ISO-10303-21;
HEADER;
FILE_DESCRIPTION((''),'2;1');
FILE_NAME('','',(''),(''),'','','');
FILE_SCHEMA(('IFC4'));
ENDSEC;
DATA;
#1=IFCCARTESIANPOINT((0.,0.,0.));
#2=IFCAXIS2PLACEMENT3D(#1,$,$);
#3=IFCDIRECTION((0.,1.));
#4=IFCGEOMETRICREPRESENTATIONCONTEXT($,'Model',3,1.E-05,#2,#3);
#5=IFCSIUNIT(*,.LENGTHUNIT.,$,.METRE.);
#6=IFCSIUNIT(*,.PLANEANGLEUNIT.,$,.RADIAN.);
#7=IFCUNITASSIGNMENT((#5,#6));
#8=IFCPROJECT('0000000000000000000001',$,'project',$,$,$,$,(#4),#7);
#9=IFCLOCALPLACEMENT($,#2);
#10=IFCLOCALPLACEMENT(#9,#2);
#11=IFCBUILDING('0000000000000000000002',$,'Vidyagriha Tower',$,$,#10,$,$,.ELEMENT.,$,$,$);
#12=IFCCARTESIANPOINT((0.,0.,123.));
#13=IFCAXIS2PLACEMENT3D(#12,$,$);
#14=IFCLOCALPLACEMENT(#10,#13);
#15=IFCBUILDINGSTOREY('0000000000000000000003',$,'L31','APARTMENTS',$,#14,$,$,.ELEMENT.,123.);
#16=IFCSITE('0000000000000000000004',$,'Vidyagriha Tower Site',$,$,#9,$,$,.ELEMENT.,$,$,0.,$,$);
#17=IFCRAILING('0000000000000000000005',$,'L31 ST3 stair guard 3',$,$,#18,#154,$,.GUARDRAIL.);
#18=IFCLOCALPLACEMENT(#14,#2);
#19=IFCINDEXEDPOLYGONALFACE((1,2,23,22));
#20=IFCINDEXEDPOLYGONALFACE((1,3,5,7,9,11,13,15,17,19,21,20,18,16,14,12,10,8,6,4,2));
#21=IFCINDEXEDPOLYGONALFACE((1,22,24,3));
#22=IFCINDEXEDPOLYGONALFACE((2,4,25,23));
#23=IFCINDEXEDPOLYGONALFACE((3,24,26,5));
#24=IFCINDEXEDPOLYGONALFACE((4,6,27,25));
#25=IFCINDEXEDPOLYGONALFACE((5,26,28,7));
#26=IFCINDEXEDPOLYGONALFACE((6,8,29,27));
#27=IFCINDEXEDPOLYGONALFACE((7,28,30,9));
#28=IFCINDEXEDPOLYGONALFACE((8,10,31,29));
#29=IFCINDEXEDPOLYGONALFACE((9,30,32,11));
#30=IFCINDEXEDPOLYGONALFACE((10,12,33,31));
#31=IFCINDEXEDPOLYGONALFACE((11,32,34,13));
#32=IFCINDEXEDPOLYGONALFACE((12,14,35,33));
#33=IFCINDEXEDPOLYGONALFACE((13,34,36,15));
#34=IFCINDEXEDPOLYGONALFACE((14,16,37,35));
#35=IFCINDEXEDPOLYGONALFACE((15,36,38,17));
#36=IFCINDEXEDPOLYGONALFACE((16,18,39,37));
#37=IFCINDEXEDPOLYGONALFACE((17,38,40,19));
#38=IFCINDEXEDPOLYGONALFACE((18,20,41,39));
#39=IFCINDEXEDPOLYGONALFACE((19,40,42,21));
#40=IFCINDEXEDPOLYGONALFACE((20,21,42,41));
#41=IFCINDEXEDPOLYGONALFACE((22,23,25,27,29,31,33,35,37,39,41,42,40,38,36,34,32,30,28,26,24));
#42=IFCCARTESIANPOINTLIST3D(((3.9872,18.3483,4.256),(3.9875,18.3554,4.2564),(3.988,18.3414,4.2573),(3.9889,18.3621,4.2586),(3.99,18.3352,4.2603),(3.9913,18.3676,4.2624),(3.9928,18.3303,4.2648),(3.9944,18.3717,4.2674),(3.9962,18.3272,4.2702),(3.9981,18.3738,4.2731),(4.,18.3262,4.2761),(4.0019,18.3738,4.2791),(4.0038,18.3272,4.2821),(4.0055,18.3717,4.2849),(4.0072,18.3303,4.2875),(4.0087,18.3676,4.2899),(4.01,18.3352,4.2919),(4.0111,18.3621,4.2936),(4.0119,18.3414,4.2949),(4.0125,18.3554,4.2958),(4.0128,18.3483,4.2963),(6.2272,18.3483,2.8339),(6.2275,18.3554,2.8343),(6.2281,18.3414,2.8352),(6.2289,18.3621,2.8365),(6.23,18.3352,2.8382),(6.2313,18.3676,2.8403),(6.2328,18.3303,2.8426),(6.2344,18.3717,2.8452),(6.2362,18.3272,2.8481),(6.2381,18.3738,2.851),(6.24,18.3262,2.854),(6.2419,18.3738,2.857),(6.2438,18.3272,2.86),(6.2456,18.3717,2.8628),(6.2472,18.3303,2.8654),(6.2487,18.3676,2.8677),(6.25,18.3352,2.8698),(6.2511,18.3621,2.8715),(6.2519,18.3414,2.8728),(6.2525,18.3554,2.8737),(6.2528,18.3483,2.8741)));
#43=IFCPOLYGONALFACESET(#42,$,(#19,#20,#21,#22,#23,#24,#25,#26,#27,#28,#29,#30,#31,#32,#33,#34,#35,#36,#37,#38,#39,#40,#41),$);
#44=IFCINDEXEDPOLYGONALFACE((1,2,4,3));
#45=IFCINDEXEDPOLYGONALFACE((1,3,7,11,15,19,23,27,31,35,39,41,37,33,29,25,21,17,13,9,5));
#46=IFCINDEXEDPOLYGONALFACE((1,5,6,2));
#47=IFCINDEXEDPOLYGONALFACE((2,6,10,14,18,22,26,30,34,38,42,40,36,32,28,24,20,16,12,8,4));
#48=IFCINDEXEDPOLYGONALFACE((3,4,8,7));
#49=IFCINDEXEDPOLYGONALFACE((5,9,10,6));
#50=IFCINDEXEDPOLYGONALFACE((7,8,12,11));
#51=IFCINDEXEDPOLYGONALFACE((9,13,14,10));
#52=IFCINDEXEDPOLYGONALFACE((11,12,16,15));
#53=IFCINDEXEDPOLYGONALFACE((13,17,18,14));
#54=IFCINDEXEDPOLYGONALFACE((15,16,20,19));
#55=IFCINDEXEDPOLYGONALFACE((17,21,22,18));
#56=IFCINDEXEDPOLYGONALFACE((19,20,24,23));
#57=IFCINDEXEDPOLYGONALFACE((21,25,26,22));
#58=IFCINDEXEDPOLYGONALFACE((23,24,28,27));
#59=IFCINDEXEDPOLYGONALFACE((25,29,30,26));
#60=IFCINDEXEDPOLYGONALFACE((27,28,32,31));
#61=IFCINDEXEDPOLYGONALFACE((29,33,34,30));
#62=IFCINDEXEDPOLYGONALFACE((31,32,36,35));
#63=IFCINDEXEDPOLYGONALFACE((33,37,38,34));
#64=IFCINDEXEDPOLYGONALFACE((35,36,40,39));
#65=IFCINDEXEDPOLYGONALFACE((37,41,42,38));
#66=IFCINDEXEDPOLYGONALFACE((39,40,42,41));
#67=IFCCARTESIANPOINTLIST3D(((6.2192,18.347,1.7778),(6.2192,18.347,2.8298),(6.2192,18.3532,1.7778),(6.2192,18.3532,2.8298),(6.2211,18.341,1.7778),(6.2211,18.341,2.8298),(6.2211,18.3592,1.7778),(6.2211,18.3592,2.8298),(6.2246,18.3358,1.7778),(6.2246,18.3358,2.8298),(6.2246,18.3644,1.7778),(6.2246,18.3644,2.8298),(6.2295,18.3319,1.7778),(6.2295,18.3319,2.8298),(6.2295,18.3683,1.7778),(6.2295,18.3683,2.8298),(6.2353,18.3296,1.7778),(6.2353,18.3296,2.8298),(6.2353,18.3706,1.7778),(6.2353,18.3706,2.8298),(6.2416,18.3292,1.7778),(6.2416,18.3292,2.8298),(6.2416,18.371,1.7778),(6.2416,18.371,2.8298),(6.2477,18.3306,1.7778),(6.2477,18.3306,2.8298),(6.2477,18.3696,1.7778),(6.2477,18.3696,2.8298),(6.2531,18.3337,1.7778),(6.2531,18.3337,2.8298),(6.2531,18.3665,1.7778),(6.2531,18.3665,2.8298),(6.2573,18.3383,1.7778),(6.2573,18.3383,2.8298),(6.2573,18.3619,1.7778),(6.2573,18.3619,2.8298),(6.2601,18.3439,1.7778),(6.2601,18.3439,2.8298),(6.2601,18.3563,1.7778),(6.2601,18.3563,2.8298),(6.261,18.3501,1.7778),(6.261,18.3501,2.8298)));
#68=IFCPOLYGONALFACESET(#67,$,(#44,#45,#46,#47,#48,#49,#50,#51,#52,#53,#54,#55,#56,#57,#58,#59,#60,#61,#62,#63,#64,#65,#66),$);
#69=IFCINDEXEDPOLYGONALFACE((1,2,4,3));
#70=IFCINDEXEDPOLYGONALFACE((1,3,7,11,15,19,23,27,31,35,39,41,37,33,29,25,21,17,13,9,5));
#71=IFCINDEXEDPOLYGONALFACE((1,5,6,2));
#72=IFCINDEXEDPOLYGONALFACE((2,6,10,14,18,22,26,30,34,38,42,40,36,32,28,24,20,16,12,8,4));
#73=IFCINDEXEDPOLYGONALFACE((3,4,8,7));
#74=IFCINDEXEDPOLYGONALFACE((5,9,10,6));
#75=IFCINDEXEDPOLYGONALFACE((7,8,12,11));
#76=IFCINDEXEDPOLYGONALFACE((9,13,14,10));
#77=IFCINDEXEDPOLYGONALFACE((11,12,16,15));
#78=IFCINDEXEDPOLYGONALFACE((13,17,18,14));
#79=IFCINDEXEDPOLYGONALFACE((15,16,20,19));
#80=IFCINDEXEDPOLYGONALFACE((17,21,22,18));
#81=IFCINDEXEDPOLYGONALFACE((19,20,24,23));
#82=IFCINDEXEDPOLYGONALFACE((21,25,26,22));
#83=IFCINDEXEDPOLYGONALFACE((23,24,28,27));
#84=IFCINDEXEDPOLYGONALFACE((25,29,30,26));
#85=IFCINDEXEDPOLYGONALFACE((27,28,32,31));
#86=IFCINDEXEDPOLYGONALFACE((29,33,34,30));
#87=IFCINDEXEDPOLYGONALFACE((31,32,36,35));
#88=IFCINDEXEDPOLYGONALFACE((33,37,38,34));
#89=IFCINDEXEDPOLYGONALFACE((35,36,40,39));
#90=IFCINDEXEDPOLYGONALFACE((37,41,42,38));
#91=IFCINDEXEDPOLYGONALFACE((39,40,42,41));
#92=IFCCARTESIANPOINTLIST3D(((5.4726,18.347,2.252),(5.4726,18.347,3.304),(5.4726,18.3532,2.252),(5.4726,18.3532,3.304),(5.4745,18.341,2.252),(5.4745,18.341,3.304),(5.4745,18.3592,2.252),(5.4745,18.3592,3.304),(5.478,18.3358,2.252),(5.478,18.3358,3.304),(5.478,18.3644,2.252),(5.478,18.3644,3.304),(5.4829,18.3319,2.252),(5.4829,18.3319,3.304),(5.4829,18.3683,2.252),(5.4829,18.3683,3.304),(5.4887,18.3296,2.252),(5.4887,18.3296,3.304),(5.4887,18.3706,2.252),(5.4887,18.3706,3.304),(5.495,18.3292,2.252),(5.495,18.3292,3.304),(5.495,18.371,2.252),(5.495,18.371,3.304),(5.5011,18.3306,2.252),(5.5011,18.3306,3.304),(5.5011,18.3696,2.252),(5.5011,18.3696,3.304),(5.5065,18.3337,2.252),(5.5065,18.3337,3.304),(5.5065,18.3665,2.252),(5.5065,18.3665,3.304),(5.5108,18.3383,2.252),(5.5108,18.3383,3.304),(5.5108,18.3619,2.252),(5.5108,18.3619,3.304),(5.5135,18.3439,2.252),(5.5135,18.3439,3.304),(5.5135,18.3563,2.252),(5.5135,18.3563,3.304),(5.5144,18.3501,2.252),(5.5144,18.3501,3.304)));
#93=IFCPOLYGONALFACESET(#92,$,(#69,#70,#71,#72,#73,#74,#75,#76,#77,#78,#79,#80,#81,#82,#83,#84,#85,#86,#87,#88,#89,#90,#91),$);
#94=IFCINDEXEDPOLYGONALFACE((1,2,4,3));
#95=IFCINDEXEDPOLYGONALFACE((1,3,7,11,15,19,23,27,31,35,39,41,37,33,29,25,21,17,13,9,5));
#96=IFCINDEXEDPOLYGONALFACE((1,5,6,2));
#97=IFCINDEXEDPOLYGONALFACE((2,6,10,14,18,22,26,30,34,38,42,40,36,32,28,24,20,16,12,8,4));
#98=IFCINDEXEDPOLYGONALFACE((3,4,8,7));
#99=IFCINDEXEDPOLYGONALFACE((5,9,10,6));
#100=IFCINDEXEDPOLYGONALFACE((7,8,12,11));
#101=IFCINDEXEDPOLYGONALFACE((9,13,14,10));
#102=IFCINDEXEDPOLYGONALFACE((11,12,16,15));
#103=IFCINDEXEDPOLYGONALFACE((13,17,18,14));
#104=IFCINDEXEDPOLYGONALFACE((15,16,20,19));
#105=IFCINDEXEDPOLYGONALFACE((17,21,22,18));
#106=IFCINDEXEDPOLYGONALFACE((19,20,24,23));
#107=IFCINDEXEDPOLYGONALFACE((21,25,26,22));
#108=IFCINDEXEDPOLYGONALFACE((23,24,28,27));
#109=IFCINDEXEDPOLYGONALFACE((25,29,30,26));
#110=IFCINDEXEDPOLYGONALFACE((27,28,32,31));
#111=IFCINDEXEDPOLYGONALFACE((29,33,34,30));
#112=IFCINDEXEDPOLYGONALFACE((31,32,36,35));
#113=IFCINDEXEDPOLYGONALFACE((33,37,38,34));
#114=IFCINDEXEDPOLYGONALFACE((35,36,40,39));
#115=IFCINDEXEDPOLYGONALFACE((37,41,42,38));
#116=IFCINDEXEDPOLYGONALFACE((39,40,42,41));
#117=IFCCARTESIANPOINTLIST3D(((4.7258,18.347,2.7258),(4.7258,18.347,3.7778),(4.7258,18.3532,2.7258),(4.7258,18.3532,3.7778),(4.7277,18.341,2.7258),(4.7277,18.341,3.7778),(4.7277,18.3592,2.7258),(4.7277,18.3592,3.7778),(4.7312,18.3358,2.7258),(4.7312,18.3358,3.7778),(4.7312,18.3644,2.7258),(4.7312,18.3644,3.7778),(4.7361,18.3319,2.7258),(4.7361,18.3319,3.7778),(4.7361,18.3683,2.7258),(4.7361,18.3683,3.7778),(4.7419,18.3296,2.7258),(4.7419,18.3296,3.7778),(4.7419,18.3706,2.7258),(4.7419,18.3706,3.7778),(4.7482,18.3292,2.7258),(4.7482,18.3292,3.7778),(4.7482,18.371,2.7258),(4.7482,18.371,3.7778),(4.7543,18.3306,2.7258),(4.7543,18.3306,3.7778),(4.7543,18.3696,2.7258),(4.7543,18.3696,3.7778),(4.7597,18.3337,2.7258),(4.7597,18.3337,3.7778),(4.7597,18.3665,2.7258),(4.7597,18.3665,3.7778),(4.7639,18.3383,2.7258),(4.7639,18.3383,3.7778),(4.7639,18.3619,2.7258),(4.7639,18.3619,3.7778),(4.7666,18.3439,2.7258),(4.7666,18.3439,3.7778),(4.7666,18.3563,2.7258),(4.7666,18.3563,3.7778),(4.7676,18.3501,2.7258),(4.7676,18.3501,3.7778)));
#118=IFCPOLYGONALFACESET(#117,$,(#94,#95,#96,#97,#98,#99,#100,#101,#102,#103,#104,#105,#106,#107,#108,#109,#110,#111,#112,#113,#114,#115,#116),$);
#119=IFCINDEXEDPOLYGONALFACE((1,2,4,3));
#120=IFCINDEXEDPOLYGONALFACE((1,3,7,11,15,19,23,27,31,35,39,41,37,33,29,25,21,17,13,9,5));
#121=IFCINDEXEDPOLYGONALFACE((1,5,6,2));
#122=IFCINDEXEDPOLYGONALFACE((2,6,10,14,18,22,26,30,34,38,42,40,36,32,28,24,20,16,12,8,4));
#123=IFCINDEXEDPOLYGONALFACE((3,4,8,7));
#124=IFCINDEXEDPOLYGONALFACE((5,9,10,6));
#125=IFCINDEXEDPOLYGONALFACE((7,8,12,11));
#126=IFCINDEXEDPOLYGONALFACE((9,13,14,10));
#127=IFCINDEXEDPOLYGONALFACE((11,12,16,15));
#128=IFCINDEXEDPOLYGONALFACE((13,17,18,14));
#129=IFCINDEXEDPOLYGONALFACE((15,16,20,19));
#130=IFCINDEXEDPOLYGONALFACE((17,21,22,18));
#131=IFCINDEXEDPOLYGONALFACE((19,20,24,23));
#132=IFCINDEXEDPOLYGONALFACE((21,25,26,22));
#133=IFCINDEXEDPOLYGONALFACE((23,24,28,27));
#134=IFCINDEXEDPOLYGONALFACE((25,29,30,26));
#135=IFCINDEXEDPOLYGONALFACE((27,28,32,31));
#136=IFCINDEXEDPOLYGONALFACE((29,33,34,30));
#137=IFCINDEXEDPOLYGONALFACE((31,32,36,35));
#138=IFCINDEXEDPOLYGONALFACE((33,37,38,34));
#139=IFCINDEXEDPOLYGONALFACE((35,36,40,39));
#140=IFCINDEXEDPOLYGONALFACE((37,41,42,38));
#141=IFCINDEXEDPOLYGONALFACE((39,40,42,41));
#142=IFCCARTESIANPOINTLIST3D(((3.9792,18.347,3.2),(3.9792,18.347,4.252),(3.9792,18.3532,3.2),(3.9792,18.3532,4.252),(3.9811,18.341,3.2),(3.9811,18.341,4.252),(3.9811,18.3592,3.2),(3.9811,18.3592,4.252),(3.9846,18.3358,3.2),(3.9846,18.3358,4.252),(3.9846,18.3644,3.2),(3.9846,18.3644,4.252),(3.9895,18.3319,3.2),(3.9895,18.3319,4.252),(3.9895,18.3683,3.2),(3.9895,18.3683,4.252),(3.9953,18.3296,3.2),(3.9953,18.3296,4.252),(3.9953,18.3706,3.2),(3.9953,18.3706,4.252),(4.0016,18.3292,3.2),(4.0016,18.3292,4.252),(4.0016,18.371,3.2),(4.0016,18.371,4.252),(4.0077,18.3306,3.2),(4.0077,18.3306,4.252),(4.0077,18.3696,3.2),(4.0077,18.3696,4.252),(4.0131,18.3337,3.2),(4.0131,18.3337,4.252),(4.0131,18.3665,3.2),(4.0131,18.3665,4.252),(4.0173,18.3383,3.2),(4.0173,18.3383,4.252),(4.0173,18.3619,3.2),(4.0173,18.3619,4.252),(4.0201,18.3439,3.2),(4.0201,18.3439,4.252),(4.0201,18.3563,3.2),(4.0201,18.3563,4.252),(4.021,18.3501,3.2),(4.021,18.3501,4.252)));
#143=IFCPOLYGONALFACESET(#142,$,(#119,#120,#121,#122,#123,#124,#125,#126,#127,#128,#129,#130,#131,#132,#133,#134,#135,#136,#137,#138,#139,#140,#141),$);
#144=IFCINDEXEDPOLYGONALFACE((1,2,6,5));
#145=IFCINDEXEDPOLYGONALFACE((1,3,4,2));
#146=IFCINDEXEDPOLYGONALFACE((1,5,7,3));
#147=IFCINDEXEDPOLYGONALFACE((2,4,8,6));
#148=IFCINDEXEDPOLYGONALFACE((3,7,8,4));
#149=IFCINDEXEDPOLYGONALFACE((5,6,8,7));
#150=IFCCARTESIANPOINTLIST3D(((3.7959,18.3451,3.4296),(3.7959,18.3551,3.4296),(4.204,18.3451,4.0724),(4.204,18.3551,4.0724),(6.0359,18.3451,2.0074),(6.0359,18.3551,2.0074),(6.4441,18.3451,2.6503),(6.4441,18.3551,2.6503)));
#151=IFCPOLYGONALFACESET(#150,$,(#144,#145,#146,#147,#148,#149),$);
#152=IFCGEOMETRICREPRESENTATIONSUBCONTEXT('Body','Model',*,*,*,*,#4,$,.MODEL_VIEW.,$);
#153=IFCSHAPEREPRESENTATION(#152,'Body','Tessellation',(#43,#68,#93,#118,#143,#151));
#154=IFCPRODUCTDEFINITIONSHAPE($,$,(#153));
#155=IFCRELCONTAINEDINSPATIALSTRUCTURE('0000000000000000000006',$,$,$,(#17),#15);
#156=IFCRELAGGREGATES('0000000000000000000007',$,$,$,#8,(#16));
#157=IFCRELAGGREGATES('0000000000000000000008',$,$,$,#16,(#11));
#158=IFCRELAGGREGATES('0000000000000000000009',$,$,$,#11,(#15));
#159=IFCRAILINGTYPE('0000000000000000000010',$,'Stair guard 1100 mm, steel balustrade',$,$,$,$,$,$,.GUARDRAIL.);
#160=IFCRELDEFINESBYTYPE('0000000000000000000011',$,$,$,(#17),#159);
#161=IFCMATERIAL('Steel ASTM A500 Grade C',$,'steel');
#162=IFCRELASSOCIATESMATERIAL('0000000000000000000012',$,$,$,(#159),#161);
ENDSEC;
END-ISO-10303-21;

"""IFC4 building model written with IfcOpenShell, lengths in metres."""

from ifc_helpers import new_model, si_unit, direction, frame, origin, origin_2d, place, context, subcontext, project, spatial, rectangle, circle, extrude, material, type_object, element, save


model = new_model("IFC4")

# Units and contexts
model_context = context("Model", 3, precision=1e-05, world=origin(), true_north=direction((0.0, 1.0)))
body_context = subcontext(model_context, "Body", "Model", "MODEL_VIEW")
ifc_project = project(units=[si_unit("LENGTHUNIT", "METRE"), si_unit("PLANEANGLEUNIT", "RADIAN")], contexts=[model_context])

# Site, building, storey
site_placement = place(None, origin())
site = spatial("IfcSite", under=ifc_project, at=site_placement, Name="Vidyagriha Tower Site", CompositionType="ELEMENT", RefElevation=0.0)
building_placement = place(site_placement, origin())
building = spatial("IfcBuilding", under=site, at=building_placement, Name="Vidyagriha Tower", CompositionType="ELEMENT")
storey_placement = place(building_placement, frame((0.0, 0.0, 123.0)))
storey = spatial("IfcBuildingStorey", under=building, at=storey_placement, Name="L31", Description="APARTMENTS", CompositionType="ELEMENT", Elevation=123.0)

# Railing
ifc_material_1 = material(Name="Steel ASTM A500 Grade C", Category="steel")
railing_type_1 = type_object("IfcRailingType", Name="Stair guard 1100 mm, steel balustrade", PredefinedType="GUARDRAIL", material=ifc_material_1)
railing_1_placement = place(storey_placement, frame((6.24, 18.3501, 1.7778)))
element("IfcRailing", 1, at=railing_1_placement, inside=storey, type_object=railing_type_1, Name="L31 ST3 stair guard 3", PredefinedType="GUARDRAIL", context=body_context, shape_type="SweptSolid", body=[
    extrude(circle(Radius=0.0239, at=origin_2d()), frame((0.0, 0.0, 1.0762), z_axis=(-0.844229, 0.0, 0.535982), x_axis=(0.0, -1.0, 0.0)), (0.0, 0.0, 1.0), 2.6533),
    extrude(circle(Radius=0.021, at=origin_2d()), origin(), (0.0, 0.0, 1.0), 1.052),
    extrude(circle(Radius=0.021, at=origin_2d()), frame((-0.7466, 0.0, 0.4741)), (0.0, 0.0, 1.0), 1.052),
    extrude(circle(Radius=0.021, at=origin_2d()), frame((-1.4934, 0.0, 0.948)), (0.0, 0.0, 1.0), 1.052),
    extrude(circle(Radius=0.021, at=origin_2d()), frame((-2.24, 0.0, 1.4221)), (0.0, 0.0, 1.0), 1.052),
    extrude(rectangle(XDim=0.01, YDim=0.7615, at=origin_2d()), frame((0.0, 0.0, 0.551), z_axis=(-0.844229, 0.0, 0.535982), x_axis=(0.0, -1.0, 0.0)), (0.0, 0.0, 1.0), 2.6533),
])

save(model, "model.ifc")
